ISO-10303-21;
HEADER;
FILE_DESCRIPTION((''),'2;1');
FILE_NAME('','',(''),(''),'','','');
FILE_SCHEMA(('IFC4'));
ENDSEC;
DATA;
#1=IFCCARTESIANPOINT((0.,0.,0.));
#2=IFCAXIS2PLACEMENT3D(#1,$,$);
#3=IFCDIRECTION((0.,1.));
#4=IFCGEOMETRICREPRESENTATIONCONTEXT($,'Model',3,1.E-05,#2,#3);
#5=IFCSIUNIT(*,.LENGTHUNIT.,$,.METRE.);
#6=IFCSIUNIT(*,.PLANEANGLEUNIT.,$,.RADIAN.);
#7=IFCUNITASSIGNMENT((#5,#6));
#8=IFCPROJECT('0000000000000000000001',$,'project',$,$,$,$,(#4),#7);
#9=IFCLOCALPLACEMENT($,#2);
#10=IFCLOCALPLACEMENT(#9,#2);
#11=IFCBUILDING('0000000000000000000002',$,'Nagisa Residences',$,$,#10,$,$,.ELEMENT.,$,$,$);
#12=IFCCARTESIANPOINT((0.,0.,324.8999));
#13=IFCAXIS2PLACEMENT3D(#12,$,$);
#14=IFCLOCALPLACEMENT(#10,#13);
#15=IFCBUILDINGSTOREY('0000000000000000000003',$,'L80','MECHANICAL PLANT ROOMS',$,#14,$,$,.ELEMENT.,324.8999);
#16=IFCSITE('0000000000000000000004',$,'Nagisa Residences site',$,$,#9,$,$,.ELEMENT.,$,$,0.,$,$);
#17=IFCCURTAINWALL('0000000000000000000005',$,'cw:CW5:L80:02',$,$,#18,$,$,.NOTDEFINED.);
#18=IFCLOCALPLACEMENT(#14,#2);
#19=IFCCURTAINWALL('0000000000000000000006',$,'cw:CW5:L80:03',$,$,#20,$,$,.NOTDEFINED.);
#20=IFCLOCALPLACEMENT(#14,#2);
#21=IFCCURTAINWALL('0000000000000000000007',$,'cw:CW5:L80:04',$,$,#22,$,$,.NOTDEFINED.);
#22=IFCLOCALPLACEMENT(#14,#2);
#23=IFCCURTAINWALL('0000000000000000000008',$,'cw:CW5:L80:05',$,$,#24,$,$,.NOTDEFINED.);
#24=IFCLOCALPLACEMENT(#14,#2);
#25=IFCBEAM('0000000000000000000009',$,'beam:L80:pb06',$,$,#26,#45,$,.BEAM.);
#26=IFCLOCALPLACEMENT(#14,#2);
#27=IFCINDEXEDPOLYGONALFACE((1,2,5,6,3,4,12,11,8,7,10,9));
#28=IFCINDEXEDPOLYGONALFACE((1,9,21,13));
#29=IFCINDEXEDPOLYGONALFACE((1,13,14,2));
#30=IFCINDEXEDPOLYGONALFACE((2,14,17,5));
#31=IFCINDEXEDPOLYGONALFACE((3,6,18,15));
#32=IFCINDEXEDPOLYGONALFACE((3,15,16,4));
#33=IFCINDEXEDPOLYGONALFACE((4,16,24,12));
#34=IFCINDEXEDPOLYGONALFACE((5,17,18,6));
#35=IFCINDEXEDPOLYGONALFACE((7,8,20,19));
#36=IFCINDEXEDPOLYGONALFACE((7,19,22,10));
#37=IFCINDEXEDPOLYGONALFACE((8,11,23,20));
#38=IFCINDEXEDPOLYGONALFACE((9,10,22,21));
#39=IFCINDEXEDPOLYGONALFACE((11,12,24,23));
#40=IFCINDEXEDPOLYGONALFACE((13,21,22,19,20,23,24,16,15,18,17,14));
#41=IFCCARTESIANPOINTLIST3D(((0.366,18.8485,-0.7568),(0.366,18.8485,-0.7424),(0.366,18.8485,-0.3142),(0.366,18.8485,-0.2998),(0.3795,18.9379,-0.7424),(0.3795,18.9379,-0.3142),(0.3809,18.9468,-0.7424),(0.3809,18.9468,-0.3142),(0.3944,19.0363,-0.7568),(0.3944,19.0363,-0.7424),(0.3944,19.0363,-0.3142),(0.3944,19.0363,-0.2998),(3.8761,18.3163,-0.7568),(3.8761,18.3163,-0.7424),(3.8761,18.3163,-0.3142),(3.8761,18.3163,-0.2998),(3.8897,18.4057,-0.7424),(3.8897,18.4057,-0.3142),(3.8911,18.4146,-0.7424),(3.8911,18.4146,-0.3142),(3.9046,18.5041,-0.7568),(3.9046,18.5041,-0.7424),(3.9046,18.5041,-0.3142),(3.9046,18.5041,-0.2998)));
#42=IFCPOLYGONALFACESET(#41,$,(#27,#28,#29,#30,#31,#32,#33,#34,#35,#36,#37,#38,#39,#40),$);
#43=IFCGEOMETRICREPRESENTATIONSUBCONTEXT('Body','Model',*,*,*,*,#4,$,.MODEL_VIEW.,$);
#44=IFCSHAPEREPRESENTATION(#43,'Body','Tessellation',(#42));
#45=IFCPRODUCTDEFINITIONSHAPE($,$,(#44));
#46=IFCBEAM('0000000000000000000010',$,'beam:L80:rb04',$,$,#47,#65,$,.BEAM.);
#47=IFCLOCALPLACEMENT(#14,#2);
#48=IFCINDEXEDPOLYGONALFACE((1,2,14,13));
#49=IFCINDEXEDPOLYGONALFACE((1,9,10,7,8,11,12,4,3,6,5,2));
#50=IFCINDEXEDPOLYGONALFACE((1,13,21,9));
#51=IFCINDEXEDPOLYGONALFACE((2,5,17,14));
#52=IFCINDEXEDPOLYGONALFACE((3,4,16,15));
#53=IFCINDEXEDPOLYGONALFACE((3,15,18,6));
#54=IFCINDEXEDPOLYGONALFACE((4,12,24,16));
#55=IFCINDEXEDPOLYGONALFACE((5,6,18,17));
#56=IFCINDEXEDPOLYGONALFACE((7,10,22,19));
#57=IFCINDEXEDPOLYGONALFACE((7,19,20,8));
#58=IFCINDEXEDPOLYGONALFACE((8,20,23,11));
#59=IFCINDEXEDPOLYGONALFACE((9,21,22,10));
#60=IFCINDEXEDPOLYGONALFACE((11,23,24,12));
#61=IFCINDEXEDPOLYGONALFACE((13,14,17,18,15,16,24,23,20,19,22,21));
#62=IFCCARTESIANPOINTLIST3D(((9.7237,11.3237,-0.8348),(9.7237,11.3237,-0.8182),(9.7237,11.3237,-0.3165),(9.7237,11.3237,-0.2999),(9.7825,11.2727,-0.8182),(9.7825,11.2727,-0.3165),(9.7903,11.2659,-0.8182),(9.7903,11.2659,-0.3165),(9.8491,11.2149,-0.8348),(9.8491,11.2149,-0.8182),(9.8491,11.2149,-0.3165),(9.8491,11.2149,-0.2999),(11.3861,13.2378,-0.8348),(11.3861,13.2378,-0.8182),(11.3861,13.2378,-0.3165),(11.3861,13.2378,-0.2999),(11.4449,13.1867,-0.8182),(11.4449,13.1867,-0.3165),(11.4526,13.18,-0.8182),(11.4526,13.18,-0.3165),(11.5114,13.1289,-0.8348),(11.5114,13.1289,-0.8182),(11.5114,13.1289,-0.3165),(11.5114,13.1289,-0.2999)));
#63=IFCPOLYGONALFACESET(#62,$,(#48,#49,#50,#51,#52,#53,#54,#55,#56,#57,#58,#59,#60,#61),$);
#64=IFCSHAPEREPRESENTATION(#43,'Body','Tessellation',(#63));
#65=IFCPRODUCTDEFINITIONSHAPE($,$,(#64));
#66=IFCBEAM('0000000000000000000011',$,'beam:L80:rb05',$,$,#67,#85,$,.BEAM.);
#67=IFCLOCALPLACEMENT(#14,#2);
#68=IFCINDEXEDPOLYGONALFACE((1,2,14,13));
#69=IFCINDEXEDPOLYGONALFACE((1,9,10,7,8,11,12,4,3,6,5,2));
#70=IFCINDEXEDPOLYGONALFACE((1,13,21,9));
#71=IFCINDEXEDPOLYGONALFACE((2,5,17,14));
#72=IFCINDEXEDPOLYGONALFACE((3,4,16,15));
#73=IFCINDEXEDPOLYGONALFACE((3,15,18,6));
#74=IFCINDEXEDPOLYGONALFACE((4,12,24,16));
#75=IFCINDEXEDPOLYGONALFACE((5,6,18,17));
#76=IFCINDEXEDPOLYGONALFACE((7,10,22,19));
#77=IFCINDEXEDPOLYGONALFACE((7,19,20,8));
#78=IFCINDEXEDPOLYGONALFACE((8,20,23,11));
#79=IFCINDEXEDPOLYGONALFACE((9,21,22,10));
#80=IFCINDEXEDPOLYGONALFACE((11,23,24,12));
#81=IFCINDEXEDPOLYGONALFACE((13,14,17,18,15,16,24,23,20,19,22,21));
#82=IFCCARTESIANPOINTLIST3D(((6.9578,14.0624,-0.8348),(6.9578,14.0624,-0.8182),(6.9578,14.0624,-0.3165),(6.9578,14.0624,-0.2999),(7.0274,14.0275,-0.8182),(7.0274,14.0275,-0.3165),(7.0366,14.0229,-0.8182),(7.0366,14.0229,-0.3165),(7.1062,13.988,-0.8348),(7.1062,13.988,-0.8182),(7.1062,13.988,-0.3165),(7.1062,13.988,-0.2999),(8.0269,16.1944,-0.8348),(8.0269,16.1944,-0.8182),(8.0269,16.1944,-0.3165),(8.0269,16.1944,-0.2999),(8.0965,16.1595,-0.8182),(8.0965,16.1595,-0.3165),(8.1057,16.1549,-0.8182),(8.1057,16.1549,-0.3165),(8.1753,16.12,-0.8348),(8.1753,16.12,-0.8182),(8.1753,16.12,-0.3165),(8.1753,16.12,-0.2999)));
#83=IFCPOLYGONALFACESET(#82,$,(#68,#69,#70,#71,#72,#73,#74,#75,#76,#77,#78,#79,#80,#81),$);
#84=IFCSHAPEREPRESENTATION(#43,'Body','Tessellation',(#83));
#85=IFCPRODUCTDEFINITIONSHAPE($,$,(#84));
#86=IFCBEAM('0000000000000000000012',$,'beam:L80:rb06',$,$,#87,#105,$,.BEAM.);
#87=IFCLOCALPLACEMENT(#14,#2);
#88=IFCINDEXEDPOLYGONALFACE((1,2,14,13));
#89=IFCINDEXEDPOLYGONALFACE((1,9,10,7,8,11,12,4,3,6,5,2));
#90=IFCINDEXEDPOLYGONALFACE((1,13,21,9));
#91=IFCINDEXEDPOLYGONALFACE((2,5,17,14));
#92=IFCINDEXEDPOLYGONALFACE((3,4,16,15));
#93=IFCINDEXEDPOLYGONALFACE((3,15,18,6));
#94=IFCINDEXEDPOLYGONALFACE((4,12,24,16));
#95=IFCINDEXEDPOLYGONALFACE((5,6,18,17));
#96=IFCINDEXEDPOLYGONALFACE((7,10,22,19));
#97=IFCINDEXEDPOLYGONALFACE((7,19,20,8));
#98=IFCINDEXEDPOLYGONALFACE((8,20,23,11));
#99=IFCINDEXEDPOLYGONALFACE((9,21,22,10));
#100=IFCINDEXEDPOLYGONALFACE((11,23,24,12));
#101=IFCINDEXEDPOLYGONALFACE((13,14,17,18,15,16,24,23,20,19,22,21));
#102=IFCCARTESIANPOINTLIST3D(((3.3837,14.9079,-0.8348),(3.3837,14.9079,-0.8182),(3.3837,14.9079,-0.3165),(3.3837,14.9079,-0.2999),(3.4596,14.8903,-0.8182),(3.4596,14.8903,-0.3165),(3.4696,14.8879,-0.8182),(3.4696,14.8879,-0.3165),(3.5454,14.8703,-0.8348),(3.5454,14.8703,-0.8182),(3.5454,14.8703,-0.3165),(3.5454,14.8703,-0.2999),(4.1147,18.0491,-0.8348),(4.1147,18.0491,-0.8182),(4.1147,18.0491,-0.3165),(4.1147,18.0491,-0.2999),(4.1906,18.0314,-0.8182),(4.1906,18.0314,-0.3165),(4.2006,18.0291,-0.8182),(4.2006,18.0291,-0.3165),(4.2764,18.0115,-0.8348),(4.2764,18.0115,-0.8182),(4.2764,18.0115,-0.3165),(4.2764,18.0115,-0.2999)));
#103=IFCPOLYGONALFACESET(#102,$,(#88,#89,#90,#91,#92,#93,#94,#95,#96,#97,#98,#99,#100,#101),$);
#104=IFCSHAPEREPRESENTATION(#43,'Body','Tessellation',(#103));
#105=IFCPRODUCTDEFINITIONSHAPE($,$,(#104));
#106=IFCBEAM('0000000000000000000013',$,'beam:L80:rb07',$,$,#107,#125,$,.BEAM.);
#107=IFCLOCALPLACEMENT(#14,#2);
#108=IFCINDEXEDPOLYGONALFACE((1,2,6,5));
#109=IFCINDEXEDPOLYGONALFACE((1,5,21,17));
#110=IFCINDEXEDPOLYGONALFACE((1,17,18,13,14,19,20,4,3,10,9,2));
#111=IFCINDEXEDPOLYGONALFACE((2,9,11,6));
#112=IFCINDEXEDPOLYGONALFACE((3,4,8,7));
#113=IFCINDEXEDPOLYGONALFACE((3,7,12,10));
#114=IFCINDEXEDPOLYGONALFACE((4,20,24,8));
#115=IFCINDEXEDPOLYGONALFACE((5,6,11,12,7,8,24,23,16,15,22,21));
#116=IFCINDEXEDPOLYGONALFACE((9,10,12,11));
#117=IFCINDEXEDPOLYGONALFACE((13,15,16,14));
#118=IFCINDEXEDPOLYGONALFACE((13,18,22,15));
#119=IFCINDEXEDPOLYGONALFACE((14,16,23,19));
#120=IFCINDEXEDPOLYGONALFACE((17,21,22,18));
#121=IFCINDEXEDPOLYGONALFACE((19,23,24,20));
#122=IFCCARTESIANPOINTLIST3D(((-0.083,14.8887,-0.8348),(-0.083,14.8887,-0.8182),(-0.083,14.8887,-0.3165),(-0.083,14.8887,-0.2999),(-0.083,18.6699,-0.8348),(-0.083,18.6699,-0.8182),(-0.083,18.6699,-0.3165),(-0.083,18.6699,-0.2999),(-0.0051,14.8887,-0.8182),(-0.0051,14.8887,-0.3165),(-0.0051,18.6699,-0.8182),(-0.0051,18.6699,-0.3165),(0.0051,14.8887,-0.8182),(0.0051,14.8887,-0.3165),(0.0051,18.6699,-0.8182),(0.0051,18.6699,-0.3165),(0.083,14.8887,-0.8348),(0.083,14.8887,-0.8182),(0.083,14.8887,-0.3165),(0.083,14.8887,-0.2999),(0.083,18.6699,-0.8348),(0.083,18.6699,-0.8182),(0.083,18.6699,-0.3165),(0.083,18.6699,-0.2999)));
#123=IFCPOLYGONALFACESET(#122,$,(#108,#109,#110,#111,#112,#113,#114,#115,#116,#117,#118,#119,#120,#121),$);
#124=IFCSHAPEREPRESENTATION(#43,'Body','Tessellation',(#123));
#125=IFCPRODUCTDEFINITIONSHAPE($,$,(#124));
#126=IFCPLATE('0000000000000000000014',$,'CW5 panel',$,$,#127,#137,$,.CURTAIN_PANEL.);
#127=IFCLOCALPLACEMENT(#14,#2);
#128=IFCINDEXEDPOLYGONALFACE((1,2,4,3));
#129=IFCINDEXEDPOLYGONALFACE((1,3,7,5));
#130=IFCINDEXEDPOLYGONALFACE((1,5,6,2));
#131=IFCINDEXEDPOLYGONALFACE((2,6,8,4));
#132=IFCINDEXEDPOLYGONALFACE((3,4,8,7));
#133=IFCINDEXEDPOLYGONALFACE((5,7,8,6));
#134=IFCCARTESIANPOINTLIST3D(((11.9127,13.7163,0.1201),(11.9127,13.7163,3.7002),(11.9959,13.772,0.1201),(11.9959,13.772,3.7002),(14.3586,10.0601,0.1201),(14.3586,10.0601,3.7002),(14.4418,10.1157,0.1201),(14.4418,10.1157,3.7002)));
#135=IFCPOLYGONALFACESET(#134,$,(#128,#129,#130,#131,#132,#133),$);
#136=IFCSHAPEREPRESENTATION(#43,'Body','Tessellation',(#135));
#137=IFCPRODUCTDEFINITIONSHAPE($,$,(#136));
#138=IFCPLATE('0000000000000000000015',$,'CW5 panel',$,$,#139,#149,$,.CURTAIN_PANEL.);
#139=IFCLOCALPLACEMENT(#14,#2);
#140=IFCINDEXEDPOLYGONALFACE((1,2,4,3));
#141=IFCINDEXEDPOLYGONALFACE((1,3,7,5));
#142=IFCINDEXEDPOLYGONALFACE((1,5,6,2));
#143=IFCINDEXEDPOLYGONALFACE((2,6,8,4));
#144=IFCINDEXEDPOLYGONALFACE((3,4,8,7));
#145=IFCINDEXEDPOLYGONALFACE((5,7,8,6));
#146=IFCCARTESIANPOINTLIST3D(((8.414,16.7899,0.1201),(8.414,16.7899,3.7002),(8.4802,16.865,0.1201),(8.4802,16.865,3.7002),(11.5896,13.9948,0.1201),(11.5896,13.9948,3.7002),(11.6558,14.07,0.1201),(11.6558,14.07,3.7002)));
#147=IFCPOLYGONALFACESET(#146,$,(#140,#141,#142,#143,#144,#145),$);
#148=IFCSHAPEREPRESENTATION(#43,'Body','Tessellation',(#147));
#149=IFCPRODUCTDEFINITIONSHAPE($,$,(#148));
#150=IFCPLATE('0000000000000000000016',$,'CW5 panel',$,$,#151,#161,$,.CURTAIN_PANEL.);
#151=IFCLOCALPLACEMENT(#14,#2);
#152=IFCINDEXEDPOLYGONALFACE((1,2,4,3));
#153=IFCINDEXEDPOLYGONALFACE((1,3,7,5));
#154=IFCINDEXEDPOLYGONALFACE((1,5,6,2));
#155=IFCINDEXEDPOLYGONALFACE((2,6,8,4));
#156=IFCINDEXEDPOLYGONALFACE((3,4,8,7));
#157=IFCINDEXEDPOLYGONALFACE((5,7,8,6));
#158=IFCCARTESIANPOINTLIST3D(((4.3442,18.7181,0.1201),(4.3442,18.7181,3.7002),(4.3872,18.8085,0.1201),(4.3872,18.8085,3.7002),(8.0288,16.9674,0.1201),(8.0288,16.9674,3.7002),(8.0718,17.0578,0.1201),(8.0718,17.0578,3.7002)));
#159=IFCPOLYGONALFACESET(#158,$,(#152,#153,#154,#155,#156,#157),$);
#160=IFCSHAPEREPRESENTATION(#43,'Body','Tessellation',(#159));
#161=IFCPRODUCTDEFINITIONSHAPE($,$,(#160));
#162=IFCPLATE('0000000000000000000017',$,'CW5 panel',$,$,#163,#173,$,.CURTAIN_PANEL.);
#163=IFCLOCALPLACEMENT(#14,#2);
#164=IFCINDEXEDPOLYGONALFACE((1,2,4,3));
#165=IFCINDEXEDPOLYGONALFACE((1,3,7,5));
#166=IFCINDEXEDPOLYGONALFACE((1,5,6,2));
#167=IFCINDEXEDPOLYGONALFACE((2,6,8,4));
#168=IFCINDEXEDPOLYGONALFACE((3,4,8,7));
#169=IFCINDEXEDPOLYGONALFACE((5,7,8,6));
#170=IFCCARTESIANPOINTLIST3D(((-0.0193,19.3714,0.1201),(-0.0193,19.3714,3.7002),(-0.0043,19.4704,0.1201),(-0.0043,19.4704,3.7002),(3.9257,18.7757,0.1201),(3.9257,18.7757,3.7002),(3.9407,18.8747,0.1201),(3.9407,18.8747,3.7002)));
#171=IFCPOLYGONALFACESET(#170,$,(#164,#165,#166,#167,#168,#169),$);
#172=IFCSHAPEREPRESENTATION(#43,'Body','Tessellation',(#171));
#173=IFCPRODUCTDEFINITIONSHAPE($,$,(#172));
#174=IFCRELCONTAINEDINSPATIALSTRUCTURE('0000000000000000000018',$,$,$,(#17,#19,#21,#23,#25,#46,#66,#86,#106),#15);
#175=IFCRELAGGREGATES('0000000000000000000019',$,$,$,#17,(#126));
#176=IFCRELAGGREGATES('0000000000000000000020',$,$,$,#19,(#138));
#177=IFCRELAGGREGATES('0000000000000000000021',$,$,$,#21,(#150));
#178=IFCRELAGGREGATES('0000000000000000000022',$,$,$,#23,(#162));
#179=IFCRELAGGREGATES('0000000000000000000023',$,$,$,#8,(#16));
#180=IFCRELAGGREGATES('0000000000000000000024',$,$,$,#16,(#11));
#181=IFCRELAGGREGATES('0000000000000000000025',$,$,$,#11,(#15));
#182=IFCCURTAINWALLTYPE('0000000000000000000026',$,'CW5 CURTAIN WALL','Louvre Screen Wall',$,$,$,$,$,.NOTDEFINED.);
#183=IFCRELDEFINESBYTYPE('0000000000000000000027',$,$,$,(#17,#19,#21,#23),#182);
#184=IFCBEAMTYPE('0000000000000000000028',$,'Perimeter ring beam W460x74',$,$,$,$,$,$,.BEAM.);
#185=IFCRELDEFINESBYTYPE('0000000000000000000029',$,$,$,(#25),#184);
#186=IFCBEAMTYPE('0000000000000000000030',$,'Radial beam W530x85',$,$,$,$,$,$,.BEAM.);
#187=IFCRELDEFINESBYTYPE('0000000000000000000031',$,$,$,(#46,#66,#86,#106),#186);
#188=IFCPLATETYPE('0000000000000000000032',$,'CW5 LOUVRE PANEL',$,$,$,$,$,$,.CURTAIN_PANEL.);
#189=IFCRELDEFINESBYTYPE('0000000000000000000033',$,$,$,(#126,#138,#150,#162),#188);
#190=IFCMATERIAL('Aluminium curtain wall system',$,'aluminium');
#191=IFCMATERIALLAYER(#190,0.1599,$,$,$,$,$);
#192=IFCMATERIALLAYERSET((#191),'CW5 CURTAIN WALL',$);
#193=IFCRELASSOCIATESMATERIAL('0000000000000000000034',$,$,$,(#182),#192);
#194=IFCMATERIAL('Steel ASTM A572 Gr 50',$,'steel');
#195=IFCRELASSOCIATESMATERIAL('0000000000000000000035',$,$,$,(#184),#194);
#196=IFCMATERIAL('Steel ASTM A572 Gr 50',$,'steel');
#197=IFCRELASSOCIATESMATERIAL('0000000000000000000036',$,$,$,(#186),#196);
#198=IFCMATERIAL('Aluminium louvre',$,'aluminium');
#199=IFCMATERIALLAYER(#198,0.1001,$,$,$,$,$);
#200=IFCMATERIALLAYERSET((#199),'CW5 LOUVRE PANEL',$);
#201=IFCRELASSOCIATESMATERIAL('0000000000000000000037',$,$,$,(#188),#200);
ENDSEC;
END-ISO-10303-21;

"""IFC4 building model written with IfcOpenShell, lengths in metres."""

from ifc_helpers import new_model, si_unit, direction, frame, origin, origin_2d, place, context, subcontext, project, spatial, rectangle, i_section, extrude, material, layer, layer_set, material_profile, profile_set, type_object, element, aggregate, save


model = new_model("IFC4")

# Units and contexts
model_context = context("Model", 3, precision=1e-05, world=origin(), true_north=direction((0.0, 1.0)))
body_context = subcontext(model_context, "Body", "Model", "MODEL_VIEW")
ifc_project = project(units=[si_unit("LENGTHUNIT", "METRE"), si_unit("PLANEANGLEUNIT", "RADIAN")], contexts=[model_context])

# Site, building, storey
site_placement = place(None, origin())
site = spatial("IfcSite", under=ifc_project, at=site_placement, Name="Nagisa Residences site", CompositionType="ELEMENT", RefElevation=0.0)
building_placement = place(site_placement, origin())
building = spatial("IfcBuilding", under=site, at=building_placement, Name="Nagisa Residences", CompositionType="ELEMENT")
storey_placement = place(building_placement, frame((0.0, 0.0, 324.8999)))
storey = spatial("IfcBuildingStorey", under=building, at=storey_placement, Name="L80", Description="MECHANICAL PLANT ROOMS", CompositionType="ELEMENT", Elevation=324.8999)

# Curtain walls
ifc_material_1 = material(Name="Aluminium curtain wall system", Category="aluminium")
ifc_layer_1 = layer(ifc_material_1, 0.1599)
ifc_layer_set_1 = layer_set([ifc_layer_1], Name="CW5 CURTAIN WALL")
curtain_wall_type = type_object("IfcCurtainWallType", Name="CW5 CURTAIN WALL", Description="Louvre Screen Wall", PredefinedType="NOTDEFINED", material=ifc_layer_set_1)
curtain_wall_1_placement = place(storey_placement, origin())
curtain_wall_1 = element("IfcCurtainWall", 1, at=curtain_wall_1_placement, inside=storey, type_object=curtain_wall_type, Name="cw:CW5:L80:02", PredefinedType="NOTDEFINED")
curtain_wall_2_placement = place(storey_placement, origin())
curtain_wall_2 = element("IfcCurtainWall", 2, at=curtain_wall_2_placement, inside=storey, type_object=curtain_wall_type, Name="cw:CW5:L80:03", PredefinedType="NOTDEFINED")
curtain_wall_3_placement = place(storey_placement, origin())
curtain_wall_3 = element("IfcCurtainWall", 3, at=curtain_wall_3_placement, inside=storey, type_object=curtain_wall_type, Name="cw:CW5:L80:04", PredefinedType="NOTDEFINED")
curtain_wall_4_placement = place(storey_placement, origin())
curtain_wall_4 = element("IfcCurtainWall", 4, at=curtain_wall_4_placement, inside=storey, type_object=curtain_wall_type, Name="cw:CW5:L80:05", PredefinedType="NOTDEFINED")

# Beams
ifc_material_2 = material(Name="Steel ASTM A572 Gr 50", Category="steel")
ifc_material_profile_1 = material_profile(ifc_material_2, i_section(OverallWidth=0.1899, OverallDepth=0.457, WebThickness=0.009, FlangeThickness=0.0144, at=origin_2d()), Name="W460x74")
ifc_profile_set_1 = profile_set([ifc_material_profile_1], Name="Steel ASTM A572 Gr 50")
beam_type_1 = type_object("IfcBeamType", Name="Perimeter ring beam W460x74", PredefinedType="BEAM", material=ifc_profile_set_1)
beam_1_placement = place(storey_placement, frame((3.8904, 18.4102, -0.5283), z_axis=(-0.9887, 0.149907, 0.0), x_axis=(-0.149907, -0.9887, 0.0)))
element("IfcBeam", 5, at=beam_1_placement, inside=storey, type_object=beam_type_1, Name="beam:L80:pb06", PredefinedType="BEAM", context=body_context, shape_type="SweptSolid", body=[
    extrude(i_section(OverallWidth=0.1899, OverallDepth=0.457, WebThickness=0.009, FlangeThickness=0.0144, at=origin_2d()), origin(), (0.0, 0.0, 1.0), 3.5503),
])
ifc_material_3 = material(Name="Steel ASTM A572 Gr 50", Category="steel")
ifc_material_profile_2 = material_profile(ifc_material_3, i_section(OverallWidth=0.166, OverallDepth=0.5349, WebThickness=0.0103, FlangeThickness=0.0166, at=origin_2d()), Name="W530x85")
ifc_profile_set_2 = profile_set([ifc_material_profile_2], Name="Steel ASTM A572 Gr 50")
beam_type_2 = type_object("IfcBeamType", Name="Radial beam W530x85", PredefinedType="BEAM", material=ifc_profile_set_2)
beam_2_placement = place(storey_placement, frame((11.4487, 13.1833, -0.5674), z_axis=(-0.655718, -0.755006, 0.0), x_axis=(0.755006, -0.655718, 0.0)))
element("IfcBeam", 6, at=beam_2_placement, inside=storey, type_object=beam_type_2, Name="beam:L80:rb04", PredefinedType="BEAM", context=body_context, shape_type="SweptSolid", body=[
    extrude(i_section(OverallWidth=0.166, OverallDepth=0.5349, WebThickness=0.0103, FlangeThickness=0.0166, at=origin_2d()), origin(), (0.0, 0.0, 1.0), 2.5352),
])
beam_3_placement = place(storey_placement, frame((8.1011, 16.1572, -0.5674), z_axis=(-0.448237, -0.893915, 0.0), x_axis=(0.893915, -0.448237, 0.0)))
element("IfcBeam", 7, at=beam_3_placement, inside=storey, type_object=beam_type_2, Name="beam:L80:rb05", PredefinedType="BEAM", context=body_context, shape_type="SweptSolid", body=[
    extrude(i_section(OverallWidth=0.166, OverallDepth=0.5349, WebThickness=0.0103, FlangeThickness=0.0166, at=origin_2d()), origin(), (0.0, 0.0, 1.0), 2.385),
])
beam_4_placement = place(storey_placement, frame((4.1956, 18.0303, -0.5674), z_axis=(-0.22665, -0.973976, 0.0), x_axis=(0.973976, -0.22665, 0.0)))
element("IfcBeam", 8, at=beam_4_placement, inside=storey, type_object=beam_type_2, Name="beam:L80:rb06", PredefinedType="BEAM", context=body_context, shape_type="SweptSolid", body=[
    extrude(i_section(OverallWidth=0.166, OverallDepth=0.5349, WebThickness=0.0103, FlangeThickness=0.0166, at=origin_2d()), origin(), (0.0, 0.0, 1.0), 3.2251),
])
beam_5_placement = place(storey_placement, frame((0.0, 18.6699, -0.5674), z_axis=(0.0, -1.0, 0.0), x_axis=(1.0, 0.0, 0.0)))
element("IfcBeam", 9, at=beam_5_placement, inside=storey, type_object=beam_type_2, Name="beam:L80:rb07", PredefinedType="BEAM", context=body_context, shape_type="SweptSolid", body=[
    extrude(i_section(OverallWidth=0.166, OverallDepth=0.5349, WebThickness=0.0103, FlangeThickness=0.0166, at=origin_2d()), origin(), (0.0, 0.0, 1.0), 3.7812),
])

# Plates
ifc_material_4 = material(Name="Aluminium louvre", Category="aluminium")
ifc_layer_2 = layer(ifc_material_4, 0.1001)
ifc_layer_set_2 = layer_set([ifc_layer_2], Name="CW5 LOUVRE PANEL")
plate_type = type_object("IfcPlateType", Name="CW5 LOUVRE PANEL", PredefinedType="CURTAIN_PANEL", material=ifc_layer_set_2)
plate_1_placement = place(storey_placement, frame((13.1772, 11.916, 0.1201), z_axis=(0.0, 0.0, 1.0), x_axis=(-0.556014, 0.831173, 0.0)))
plate_1 = element("IfcPlate", 10, at=plate_1_placement, type_object=plate_type, Name="CW5 panel", PredefinedType="CURTAIN_PANEL", context=body_context, shape_type="SweptSolid", body=[
    extrude(rectangle(XDim=4.3989, YDim=0.1001, at=origin_2d()), origin(), (0.0, 0.0, 1.0), 3.5801),
])
aggregate(curtain_wall_1, [plate_1])
plate_2_placement = place(storey_placement, frame((10.0349, 15.4299, 0.1201), z_axis=(0.0, 0.0, 1.0), x_axis=(-0.750651, 0.660699, 0.0)))
plate_2 = element("IfcPlate", 11, at=plate_2_placement, type_object=plate_type, Name="CW5 panel", PredefinedType="CURTAIN_PANEL", context=body_context, shape_type="SweptSolid", body=[
    extrude(rectangle(XDim=4.2305, YDim=0.1001, at=origin_2d()), origin(), (0.0, 0.0, 1.0), 3.5801),
])
aggregate(curtain_wall_2, [plate_2])
plate_3_placement = place(storey_placement, frame((6.208, 17.8879, 0.1201), z_axis=(0.0, 0.0, 1.0), x_axis=(-0.903233, 0.429151, 0.0)))
plate_3 = element("IfcPlate", 12, at=plate_3_placement, type_object=plate_type, Name="CW5 panel", PredefinedType="CURTAIN_PANEL", context=body_context, shape_type="SweptSolid", body=[
    extrude(rectangle(XDim=4.0793, YDim=0.1001, at=origin_2d()), origin(), (0.0, 0.0, 1.0), 3.5801),
])
aggregate(curtain_wall_3, [plate_3])
plate_4_placement = place(storey_placement, frame((1.9607, 19.123, 0.1201), z_axis=(0.0, 0.0, 1.0), x_axis=(-0.988789, 0.14932, 0.0)))
plate_4 = element("IfcPlate", 13, at=plate_4_placement, type_object=plate_type, Name="CW5 panel", PredefinedType="CURTAIN_PANEL", context=body_context, shape_type="SweptSolid", body=[
    extrude(rectangle(XDim=3.9897, YDim=0.1001, at=origin_2d()), origin(), (0.0, 0.0, 1.0), 3.5801),
])
aggregate(curtain_wall_4, [plate_4])

save(model, "model.ifc")
